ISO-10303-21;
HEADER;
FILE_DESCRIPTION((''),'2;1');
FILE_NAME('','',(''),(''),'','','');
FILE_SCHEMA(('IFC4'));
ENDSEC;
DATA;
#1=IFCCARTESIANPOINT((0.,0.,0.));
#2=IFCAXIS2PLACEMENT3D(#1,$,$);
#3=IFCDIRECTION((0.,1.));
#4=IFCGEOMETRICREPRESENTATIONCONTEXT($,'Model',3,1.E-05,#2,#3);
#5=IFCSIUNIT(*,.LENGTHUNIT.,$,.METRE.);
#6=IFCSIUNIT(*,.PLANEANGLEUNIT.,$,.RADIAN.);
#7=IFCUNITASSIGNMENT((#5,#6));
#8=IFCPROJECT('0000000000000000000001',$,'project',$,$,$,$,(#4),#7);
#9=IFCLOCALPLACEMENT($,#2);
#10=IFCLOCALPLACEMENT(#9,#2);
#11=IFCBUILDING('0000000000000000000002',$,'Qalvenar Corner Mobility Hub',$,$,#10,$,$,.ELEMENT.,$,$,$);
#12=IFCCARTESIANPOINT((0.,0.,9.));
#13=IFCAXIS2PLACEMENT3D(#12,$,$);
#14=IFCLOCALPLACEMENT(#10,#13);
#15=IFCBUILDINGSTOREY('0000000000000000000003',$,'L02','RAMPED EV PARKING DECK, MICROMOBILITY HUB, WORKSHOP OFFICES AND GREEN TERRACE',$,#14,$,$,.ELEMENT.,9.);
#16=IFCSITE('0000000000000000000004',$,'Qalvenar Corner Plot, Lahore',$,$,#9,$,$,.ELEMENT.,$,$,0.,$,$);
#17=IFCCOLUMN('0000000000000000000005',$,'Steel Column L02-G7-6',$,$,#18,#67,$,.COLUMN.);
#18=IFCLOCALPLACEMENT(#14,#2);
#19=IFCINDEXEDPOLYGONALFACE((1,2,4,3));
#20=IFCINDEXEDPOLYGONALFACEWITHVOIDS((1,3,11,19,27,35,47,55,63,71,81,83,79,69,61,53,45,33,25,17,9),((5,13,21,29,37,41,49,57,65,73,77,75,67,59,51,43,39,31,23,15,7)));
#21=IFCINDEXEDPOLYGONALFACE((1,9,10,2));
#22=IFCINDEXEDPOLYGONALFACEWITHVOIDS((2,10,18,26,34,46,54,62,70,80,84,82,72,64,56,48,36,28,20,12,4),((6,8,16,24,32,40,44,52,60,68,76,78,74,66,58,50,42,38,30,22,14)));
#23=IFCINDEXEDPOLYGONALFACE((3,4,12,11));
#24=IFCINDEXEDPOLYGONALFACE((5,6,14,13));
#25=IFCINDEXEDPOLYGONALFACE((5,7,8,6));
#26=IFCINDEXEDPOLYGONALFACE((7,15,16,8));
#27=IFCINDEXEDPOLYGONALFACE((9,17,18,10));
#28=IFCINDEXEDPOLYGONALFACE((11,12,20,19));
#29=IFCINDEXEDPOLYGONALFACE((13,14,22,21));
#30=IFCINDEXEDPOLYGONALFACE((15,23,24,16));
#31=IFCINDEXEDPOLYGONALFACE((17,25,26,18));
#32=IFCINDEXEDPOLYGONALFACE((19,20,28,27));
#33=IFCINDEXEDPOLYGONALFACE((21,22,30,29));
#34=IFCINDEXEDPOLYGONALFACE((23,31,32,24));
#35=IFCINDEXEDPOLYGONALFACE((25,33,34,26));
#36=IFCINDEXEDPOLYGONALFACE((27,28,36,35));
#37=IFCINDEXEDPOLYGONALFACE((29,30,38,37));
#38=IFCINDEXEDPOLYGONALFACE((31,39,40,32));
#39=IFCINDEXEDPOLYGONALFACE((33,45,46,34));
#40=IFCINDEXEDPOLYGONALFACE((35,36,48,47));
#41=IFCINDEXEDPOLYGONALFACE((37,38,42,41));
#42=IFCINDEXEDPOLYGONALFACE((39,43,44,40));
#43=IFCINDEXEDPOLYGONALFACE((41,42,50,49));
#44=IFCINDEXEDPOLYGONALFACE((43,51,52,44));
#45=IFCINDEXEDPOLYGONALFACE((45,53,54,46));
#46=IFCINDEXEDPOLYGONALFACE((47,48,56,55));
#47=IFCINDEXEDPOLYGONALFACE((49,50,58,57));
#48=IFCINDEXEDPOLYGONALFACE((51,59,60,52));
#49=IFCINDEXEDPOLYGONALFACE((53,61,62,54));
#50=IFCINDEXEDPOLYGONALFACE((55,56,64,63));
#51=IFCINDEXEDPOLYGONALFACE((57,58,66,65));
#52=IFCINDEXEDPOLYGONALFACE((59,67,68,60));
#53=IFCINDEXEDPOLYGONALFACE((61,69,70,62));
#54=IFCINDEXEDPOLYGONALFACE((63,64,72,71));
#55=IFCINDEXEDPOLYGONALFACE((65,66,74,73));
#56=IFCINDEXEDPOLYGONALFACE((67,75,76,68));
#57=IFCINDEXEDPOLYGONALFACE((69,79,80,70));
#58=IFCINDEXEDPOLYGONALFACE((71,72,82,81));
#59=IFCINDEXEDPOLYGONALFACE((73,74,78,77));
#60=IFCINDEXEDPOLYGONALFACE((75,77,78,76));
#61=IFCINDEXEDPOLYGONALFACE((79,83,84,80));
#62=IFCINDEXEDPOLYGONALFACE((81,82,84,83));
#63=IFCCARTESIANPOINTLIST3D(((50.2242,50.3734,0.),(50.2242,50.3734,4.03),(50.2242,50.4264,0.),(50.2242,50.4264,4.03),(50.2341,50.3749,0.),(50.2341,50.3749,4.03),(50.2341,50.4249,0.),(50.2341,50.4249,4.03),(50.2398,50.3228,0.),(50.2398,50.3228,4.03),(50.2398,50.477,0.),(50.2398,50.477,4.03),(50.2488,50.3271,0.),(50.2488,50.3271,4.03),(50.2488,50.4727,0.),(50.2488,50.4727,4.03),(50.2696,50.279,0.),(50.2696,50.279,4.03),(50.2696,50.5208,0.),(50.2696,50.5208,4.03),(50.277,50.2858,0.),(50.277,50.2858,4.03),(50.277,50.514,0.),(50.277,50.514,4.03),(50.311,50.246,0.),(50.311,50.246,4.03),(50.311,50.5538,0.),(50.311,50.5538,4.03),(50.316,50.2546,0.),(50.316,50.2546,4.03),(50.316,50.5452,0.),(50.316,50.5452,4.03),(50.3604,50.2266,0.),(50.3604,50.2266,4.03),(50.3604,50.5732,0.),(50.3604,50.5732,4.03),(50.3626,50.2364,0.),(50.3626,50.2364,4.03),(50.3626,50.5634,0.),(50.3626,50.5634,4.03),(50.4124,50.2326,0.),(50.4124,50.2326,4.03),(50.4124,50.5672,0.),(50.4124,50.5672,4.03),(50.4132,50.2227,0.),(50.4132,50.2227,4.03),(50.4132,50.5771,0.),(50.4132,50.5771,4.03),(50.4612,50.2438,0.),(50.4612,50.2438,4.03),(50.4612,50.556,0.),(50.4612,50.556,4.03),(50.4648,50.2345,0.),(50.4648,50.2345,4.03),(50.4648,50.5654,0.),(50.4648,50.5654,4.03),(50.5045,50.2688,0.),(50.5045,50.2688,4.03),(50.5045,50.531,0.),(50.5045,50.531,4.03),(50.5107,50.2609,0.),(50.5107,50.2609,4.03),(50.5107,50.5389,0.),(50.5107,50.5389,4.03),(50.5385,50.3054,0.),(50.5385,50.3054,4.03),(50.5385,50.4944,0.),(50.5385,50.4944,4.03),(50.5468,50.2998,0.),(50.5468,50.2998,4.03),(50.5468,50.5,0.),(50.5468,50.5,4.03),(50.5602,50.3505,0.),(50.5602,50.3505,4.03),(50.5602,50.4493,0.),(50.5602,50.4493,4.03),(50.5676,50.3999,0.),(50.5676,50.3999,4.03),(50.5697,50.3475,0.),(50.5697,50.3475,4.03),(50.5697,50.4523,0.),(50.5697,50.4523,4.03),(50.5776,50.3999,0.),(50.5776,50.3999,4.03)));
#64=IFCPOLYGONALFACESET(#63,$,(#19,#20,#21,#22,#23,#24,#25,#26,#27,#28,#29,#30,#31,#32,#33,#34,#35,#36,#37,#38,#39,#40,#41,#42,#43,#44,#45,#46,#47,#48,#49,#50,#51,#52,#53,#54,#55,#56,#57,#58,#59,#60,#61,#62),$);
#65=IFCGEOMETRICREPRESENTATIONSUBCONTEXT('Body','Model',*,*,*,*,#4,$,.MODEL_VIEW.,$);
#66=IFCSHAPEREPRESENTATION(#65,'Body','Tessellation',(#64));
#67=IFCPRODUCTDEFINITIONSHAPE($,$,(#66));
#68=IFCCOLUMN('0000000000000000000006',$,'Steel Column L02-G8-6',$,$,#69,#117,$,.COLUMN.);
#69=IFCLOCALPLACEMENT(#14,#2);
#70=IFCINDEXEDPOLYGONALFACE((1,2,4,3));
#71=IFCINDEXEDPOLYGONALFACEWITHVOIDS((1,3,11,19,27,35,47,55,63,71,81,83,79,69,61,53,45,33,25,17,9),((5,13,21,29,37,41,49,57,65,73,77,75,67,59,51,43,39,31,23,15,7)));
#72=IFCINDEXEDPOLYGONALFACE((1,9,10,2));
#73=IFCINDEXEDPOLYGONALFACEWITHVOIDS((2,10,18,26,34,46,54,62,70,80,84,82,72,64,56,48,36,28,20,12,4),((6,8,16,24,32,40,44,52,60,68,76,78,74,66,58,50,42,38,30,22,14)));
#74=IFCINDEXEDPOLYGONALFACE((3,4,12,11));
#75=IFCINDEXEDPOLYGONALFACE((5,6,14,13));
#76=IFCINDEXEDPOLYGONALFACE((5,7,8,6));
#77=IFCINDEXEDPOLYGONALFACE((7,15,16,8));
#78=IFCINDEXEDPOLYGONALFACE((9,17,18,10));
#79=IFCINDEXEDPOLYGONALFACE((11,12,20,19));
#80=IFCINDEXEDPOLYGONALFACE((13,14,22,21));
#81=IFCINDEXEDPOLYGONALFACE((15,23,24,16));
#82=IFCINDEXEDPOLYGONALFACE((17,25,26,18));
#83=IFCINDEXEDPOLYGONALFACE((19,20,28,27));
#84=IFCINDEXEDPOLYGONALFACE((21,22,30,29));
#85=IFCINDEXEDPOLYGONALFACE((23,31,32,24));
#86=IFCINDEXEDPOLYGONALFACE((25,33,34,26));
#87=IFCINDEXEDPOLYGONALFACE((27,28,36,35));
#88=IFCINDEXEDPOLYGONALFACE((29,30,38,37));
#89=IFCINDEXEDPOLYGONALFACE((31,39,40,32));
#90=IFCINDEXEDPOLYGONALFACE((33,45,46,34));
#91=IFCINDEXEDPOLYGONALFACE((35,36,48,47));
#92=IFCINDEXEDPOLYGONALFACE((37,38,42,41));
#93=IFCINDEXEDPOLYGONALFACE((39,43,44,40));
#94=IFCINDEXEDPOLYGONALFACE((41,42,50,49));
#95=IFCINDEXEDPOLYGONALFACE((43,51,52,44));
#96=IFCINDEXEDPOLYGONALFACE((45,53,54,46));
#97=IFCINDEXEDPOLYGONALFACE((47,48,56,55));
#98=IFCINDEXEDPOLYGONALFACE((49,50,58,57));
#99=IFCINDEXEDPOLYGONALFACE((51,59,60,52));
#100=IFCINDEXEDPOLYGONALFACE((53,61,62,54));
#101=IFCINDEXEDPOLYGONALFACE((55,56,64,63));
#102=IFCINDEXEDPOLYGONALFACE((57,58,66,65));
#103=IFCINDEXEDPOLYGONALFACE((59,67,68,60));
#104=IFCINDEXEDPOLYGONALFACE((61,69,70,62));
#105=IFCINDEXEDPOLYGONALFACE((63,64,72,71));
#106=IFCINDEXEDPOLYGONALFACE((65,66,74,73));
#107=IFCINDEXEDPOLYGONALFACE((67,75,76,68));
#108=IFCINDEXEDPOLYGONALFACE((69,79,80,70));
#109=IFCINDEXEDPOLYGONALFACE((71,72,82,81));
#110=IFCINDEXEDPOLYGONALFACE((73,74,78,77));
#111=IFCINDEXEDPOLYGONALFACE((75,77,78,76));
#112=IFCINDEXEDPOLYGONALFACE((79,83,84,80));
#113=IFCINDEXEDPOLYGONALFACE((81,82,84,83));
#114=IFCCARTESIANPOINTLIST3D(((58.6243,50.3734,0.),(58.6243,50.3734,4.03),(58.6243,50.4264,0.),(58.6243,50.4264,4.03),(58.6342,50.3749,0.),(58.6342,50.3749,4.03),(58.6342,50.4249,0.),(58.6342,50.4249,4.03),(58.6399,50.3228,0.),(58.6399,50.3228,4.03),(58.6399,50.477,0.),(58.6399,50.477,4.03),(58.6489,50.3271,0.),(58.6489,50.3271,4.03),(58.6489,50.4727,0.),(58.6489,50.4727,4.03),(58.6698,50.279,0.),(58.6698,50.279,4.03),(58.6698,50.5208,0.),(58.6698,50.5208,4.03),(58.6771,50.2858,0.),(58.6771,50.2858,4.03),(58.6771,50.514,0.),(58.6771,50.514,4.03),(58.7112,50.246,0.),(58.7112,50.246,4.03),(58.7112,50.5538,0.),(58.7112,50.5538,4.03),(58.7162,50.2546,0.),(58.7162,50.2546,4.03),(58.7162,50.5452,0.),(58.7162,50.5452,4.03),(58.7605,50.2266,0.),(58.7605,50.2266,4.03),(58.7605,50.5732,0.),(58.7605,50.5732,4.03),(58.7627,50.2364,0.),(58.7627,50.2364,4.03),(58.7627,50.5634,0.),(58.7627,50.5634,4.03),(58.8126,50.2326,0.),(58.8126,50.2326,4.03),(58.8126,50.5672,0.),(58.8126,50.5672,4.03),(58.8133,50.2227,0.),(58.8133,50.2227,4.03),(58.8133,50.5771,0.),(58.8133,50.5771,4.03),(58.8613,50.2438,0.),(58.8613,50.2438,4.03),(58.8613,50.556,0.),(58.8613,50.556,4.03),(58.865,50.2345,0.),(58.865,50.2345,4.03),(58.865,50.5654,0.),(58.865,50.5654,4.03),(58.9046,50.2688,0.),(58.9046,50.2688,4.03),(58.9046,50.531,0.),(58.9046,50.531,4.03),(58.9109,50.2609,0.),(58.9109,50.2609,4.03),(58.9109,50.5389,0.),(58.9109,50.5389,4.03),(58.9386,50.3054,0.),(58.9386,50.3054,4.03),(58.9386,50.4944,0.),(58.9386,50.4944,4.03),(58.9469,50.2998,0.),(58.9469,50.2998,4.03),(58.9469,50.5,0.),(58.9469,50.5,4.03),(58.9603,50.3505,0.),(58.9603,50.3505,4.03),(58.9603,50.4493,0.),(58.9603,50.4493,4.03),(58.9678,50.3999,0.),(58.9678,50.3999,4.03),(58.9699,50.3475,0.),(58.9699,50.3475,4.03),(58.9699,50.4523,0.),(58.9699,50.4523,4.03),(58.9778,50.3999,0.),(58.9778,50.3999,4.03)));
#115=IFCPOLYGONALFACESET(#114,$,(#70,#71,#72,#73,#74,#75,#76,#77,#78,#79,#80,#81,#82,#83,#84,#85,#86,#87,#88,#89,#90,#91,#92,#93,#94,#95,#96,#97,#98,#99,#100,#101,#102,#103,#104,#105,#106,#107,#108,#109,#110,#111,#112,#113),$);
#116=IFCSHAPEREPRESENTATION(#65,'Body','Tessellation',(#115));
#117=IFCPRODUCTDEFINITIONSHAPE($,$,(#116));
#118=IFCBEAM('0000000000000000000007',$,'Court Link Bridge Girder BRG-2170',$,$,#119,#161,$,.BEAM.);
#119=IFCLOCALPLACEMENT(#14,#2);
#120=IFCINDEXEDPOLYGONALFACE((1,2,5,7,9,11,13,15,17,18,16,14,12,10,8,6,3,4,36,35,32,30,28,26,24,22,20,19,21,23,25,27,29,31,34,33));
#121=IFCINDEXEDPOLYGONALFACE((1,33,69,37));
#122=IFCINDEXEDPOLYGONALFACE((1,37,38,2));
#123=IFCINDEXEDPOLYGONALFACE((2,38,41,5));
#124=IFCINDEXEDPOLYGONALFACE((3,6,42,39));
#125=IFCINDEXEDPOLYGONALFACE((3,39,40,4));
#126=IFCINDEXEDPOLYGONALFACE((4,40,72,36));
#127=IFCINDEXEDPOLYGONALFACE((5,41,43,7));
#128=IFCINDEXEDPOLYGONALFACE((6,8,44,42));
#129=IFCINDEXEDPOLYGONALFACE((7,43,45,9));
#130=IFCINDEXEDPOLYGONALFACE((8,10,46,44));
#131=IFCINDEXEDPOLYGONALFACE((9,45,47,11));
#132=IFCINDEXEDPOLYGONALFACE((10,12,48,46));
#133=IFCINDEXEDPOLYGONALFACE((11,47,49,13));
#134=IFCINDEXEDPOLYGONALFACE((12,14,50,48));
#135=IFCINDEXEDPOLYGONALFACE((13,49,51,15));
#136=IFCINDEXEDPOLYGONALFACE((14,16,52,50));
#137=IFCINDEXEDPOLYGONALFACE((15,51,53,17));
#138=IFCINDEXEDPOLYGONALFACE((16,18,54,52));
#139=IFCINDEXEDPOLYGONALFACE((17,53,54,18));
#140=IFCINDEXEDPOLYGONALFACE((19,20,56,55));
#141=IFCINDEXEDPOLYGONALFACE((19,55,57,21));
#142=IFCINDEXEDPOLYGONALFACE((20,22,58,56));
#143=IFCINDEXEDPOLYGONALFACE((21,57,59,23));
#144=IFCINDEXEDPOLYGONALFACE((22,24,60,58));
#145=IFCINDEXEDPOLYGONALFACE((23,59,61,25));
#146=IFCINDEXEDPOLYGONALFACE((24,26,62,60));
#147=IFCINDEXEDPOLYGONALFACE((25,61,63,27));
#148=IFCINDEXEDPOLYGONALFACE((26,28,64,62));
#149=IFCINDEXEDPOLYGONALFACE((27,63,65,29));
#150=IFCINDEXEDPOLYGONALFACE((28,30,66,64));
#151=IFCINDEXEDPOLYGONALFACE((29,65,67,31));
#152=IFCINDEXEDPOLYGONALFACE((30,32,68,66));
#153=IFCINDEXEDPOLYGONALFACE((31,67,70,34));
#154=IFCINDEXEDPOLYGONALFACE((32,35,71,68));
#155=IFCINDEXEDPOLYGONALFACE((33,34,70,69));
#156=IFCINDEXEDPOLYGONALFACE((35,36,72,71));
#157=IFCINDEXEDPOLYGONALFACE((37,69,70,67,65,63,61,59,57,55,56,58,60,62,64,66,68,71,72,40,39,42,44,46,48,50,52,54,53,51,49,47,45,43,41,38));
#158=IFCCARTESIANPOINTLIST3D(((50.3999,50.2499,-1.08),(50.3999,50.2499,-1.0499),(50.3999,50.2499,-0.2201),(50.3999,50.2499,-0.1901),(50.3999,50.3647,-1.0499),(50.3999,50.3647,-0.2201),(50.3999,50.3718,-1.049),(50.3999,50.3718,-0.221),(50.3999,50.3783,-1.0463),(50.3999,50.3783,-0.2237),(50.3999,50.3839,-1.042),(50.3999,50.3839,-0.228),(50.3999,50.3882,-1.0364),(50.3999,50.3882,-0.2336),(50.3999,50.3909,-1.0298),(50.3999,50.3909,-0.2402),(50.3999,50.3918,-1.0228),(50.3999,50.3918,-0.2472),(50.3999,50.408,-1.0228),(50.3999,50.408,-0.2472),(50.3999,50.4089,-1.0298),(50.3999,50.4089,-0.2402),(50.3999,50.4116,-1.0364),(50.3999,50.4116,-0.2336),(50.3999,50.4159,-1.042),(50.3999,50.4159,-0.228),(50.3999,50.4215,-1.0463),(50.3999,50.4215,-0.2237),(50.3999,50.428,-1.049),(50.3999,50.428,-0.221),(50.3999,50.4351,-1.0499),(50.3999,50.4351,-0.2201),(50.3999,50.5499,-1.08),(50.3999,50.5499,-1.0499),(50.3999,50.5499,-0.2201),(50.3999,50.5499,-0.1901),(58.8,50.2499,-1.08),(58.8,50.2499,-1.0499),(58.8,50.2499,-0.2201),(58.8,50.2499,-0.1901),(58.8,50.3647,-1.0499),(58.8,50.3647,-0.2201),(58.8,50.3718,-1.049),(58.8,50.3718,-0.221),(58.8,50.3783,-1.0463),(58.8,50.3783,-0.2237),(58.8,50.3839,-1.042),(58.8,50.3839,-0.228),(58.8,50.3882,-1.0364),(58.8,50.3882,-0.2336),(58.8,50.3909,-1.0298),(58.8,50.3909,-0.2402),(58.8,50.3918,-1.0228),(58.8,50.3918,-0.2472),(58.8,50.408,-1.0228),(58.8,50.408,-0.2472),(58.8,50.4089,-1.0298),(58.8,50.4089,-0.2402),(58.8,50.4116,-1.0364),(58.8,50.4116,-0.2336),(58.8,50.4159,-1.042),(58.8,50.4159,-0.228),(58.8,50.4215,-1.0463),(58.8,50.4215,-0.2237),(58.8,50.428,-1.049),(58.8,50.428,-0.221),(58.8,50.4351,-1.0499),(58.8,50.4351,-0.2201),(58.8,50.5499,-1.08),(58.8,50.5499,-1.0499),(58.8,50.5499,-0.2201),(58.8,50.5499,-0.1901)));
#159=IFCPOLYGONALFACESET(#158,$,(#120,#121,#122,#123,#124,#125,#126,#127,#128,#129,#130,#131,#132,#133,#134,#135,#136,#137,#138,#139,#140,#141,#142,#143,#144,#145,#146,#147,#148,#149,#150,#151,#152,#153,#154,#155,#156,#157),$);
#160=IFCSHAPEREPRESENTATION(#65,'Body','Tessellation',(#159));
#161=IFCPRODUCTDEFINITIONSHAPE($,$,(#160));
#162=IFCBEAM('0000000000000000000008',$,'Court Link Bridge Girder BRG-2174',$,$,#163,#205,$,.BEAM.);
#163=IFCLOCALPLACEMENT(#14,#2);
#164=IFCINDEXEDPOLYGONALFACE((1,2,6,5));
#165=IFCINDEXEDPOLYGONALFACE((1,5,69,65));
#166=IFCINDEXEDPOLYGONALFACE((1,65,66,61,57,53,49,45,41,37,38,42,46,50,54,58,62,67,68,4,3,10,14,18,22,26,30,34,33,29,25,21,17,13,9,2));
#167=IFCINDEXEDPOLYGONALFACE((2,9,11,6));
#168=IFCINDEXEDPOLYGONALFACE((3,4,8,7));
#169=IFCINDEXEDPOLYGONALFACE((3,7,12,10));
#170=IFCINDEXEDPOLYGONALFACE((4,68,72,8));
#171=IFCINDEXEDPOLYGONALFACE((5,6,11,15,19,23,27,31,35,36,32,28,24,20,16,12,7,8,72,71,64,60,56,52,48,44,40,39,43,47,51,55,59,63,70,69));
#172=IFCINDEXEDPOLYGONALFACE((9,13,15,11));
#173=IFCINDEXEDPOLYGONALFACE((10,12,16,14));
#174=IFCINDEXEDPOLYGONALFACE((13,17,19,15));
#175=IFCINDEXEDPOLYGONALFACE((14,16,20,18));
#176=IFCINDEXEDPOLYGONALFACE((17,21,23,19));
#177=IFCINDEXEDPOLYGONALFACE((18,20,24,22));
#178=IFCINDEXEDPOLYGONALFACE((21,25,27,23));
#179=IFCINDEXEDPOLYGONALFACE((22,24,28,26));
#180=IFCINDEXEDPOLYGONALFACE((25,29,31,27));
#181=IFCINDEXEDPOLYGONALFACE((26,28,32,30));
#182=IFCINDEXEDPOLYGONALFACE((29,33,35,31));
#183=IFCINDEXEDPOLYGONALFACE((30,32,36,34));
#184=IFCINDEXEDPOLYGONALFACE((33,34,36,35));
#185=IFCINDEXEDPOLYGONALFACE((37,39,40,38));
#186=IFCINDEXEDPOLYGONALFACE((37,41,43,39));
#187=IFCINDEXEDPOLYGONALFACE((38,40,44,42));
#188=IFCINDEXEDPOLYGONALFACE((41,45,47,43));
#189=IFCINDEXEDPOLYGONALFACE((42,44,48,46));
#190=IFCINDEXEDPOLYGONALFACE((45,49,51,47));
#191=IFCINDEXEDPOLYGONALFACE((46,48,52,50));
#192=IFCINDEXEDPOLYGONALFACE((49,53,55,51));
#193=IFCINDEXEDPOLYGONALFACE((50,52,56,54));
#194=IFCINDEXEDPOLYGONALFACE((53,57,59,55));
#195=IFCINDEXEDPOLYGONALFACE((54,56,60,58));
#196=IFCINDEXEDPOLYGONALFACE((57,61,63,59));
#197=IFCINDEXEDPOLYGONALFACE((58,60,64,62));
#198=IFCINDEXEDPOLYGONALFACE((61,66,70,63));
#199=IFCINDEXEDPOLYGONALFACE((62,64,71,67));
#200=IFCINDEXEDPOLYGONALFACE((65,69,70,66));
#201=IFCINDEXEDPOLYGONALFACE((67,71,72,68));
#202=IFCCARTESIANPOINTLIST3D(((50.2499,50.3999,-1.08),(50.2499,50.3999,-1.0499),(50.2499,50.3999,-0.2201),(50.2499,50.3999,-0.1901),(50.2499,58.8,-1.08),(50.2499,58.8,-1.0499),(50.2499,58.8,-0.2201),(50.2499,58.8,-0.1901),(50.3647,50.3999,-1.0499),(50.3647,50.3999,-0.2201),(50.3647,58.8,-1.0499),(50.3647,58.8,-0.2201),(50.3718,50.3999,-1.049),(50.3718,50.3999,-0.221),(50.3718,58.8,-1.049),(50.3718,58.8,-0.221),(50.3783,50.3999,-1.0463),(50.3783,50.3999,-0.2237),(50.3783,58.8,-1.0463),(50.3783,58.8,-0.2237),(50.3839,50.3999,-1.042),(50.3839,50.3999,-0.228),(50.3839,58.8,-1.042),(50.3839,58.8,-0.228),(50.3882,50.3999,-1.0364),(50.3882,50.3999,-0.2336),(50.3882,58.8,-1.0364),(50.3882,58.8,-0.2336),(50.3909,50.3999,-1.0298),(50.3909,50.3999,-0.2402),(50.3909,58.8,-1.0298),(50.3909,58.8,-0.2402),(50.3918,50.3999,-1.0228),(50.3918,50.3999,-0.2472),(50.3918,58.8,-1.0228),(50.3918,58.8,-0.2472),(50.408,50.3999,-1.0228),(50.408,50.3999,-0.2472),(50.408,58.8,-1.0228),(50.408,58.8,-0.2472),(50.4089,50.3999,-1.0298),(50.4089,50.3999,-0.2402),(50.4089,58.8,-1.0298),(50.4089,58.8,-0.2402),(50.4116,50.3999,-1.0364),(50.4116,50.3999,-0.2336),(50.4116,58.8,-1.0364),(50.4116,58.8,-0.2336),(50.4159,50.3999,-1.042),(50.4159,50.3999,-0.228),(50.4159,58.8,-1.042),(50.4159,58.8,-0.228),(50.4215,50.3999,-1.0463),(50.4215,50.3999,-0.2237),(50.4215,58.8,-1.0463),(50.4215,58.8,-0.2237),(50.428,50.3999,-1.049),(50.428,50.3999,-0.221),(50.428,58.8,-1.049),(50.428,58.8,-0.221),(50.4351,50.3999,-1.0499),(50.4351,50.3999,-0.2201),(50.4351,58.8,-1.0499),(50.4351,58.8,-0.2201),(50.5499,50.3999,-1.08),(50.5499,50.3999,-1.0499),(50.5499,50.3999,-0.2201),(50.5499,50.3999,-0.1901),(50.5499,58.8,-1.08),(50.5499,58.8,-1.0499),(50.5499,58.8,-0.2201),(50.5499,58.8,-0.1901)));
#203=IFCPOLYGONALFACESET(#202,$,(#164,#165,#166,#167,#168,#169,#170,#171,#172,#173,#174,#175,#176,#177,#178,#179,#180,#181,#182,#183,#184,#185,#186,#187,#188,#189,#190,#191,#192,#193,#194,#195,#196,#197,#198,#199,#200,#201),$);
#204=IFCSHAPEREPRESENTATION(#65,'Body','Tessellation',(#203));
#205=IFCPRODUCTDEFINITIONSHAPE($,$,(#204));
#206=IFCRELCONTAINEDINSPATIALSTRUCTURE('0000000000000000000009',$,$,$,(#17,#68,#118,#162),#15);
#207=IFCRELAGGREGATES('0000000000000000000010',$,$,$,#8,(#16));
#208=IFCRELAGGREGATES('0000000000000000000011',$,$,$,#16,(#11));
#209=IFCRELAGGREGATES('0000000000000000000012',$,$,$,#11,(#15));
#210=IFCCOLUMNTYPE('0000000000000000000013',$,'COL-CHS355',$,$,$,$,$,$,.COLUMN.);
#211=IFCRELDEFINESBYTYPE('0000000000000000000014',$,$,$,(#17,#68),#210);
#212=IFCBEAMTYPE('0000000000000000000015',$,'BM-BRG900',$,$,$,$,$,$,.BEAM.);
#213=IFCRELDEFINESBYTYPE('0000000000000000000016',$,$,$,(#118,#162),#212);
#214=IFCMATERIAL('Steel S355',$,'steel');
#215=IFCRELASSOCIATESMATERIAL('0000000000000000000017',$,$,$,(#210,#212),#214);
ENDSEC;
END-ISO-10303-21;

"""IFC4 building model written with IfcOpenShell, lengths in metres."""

from ifc_helpers import new_model, si_unit, direction, frame, origin, origin_2d, place, context, subcontext, project, spatial, hollow_circle, i_section, extrude, material, material_profile, profile_set, type_object, element, save


model = new_model("IFC4")

# Units and contexts
model_context = context("Model", 3, precision=1e-05, world=origin(), true_north=direction((0.0, 1.0)))
body_context = subcontext(model_context, "Body", "Model", "MODEL_VIEW")
ifc_project = project(units=[si_unit("LENGTHUNIT", "METRE"), si_unit("PLANEANGLEUNIT", "RADIAN")], contexts=[model_context])

# Site, building, storey
site_placement = place(None, origin())
site = spatial("IfcSite", under=ifc_project, at=site_placement, Name="Qalvenar Corner Plot, Lahore", CompositionType="ELEMENT", RefElevation=0.0)
building_placement = place(site_placement, origin())
building = spatial("IfcBuilding", under=site, at=building_placement, Name="Qalvenar Corner Mobility Hub", CompositionType="ELEMENT")
storey_placement = place(building_placement, frame((0.0, 0.0, 9.0)))
storey = spatial("IfcBuildingStorey", under=building, at=storey_placement, Name="L02", Description="RAMPED EV PARKING DECK, MICROMOBILITY HUB, WORKSHOP OFFICES AND GREEN TERRACE", CompositionType="ELEMENT", Elevation=9.0)

# Columns
ifc_material_1 = material(Name="Steel S355", Category="steel")
ifc_material_profile_1 = material_profile(ifc_material_1, hollow_circle(Radius=0.1777, WallThickness=0.01, at=origin_2d()), Name="CHS355.6x10")
ifc_profile_set_1 = profile_set([ifc_material_profile_1], Name="Steel S355")
column_type = type_object("IfcColumnType", Name="COL-CHS355", PredefinedType="COLUMN", material=ifc_profile_set_1)
for number, where, z_axis, x_axis, name in (
    (1, (50.3999, 50.3999, 0.0), (0.0, 0.0, 1.0), (1.0, 0.0, 0.0), "Steel Column L02-G7-6"),
    (2, (58.8, 50.3999, 0.0), (0.0, 0.0, 1.0), (1.0, 0.0, 0.0), "Steel Column L02-G8-6"),
):
    element("IfcColumn", number, at=place(storey_placement, frame(where, z_axis=z_axis, x_axis=x_axis)), inside=storey, type_object=column_type, Name=name, PredefinedType="COLUMN", context=body_context, shape_type="SweptSolid", body=[
        extrude(hollow_circle(Radius=0.1777, WallThickness=0.01, at=origin_2d()), origin(), (0.0, 0.0, 1.0), 4.03),
    ])

# Beams
ifc_material_profile_2 = material_profile(ifc_material_1, i_section(OverallWidth=0.3, OverallDepth=0.8899, WebThickness=0.0161, FlangeThickness=0.03, FilletRadius=0.0271, at=origin_2d()), Name="HEA900")
ifc_profile_set_2 = profile_set([ifc_material_profile_2], Name="Steel S355")
beam_type_1 = type_object("IfcBeamType", Name="BM-BRG900", PredefinedType="BEAM", material=ifc_profile_set_2)
for number, where, z_axis, x_axis, name in (
    (3, (50.3999, 50.3999, -0.635), (1.0, 0.0, 0.0), (0.0, 1.0, 0.0), "Court Link Bridge Girder BRG-2170"),
    (4, (50.3999, 50.3999, -0.635), (0.0, 1.0, 0.0), (-1.0, 0.0, 0.0), "Court Link Bridge Girder BRG-2174"),
):
    element("IfcBeam", number, at=place(storey_placement, frame(where, z_axis=z_axis, x_axis=x_axis)), inside=storey, type_object=beam_type_1, Name=name, PredefinedType="BEAM", context=body_context, shape_type="SweptSolid", body=[
        extrude(i_section(OverallWidth=0.3, OverallDepth=0.8899, WebThickness=0.0161, FlangeThickness=0.03, FilletRadius=0.0271, at=origin_2d()), origin(), (0.0, 0.0, 1.0), 8.4001),
    ])

save(model, "model.ifc")
